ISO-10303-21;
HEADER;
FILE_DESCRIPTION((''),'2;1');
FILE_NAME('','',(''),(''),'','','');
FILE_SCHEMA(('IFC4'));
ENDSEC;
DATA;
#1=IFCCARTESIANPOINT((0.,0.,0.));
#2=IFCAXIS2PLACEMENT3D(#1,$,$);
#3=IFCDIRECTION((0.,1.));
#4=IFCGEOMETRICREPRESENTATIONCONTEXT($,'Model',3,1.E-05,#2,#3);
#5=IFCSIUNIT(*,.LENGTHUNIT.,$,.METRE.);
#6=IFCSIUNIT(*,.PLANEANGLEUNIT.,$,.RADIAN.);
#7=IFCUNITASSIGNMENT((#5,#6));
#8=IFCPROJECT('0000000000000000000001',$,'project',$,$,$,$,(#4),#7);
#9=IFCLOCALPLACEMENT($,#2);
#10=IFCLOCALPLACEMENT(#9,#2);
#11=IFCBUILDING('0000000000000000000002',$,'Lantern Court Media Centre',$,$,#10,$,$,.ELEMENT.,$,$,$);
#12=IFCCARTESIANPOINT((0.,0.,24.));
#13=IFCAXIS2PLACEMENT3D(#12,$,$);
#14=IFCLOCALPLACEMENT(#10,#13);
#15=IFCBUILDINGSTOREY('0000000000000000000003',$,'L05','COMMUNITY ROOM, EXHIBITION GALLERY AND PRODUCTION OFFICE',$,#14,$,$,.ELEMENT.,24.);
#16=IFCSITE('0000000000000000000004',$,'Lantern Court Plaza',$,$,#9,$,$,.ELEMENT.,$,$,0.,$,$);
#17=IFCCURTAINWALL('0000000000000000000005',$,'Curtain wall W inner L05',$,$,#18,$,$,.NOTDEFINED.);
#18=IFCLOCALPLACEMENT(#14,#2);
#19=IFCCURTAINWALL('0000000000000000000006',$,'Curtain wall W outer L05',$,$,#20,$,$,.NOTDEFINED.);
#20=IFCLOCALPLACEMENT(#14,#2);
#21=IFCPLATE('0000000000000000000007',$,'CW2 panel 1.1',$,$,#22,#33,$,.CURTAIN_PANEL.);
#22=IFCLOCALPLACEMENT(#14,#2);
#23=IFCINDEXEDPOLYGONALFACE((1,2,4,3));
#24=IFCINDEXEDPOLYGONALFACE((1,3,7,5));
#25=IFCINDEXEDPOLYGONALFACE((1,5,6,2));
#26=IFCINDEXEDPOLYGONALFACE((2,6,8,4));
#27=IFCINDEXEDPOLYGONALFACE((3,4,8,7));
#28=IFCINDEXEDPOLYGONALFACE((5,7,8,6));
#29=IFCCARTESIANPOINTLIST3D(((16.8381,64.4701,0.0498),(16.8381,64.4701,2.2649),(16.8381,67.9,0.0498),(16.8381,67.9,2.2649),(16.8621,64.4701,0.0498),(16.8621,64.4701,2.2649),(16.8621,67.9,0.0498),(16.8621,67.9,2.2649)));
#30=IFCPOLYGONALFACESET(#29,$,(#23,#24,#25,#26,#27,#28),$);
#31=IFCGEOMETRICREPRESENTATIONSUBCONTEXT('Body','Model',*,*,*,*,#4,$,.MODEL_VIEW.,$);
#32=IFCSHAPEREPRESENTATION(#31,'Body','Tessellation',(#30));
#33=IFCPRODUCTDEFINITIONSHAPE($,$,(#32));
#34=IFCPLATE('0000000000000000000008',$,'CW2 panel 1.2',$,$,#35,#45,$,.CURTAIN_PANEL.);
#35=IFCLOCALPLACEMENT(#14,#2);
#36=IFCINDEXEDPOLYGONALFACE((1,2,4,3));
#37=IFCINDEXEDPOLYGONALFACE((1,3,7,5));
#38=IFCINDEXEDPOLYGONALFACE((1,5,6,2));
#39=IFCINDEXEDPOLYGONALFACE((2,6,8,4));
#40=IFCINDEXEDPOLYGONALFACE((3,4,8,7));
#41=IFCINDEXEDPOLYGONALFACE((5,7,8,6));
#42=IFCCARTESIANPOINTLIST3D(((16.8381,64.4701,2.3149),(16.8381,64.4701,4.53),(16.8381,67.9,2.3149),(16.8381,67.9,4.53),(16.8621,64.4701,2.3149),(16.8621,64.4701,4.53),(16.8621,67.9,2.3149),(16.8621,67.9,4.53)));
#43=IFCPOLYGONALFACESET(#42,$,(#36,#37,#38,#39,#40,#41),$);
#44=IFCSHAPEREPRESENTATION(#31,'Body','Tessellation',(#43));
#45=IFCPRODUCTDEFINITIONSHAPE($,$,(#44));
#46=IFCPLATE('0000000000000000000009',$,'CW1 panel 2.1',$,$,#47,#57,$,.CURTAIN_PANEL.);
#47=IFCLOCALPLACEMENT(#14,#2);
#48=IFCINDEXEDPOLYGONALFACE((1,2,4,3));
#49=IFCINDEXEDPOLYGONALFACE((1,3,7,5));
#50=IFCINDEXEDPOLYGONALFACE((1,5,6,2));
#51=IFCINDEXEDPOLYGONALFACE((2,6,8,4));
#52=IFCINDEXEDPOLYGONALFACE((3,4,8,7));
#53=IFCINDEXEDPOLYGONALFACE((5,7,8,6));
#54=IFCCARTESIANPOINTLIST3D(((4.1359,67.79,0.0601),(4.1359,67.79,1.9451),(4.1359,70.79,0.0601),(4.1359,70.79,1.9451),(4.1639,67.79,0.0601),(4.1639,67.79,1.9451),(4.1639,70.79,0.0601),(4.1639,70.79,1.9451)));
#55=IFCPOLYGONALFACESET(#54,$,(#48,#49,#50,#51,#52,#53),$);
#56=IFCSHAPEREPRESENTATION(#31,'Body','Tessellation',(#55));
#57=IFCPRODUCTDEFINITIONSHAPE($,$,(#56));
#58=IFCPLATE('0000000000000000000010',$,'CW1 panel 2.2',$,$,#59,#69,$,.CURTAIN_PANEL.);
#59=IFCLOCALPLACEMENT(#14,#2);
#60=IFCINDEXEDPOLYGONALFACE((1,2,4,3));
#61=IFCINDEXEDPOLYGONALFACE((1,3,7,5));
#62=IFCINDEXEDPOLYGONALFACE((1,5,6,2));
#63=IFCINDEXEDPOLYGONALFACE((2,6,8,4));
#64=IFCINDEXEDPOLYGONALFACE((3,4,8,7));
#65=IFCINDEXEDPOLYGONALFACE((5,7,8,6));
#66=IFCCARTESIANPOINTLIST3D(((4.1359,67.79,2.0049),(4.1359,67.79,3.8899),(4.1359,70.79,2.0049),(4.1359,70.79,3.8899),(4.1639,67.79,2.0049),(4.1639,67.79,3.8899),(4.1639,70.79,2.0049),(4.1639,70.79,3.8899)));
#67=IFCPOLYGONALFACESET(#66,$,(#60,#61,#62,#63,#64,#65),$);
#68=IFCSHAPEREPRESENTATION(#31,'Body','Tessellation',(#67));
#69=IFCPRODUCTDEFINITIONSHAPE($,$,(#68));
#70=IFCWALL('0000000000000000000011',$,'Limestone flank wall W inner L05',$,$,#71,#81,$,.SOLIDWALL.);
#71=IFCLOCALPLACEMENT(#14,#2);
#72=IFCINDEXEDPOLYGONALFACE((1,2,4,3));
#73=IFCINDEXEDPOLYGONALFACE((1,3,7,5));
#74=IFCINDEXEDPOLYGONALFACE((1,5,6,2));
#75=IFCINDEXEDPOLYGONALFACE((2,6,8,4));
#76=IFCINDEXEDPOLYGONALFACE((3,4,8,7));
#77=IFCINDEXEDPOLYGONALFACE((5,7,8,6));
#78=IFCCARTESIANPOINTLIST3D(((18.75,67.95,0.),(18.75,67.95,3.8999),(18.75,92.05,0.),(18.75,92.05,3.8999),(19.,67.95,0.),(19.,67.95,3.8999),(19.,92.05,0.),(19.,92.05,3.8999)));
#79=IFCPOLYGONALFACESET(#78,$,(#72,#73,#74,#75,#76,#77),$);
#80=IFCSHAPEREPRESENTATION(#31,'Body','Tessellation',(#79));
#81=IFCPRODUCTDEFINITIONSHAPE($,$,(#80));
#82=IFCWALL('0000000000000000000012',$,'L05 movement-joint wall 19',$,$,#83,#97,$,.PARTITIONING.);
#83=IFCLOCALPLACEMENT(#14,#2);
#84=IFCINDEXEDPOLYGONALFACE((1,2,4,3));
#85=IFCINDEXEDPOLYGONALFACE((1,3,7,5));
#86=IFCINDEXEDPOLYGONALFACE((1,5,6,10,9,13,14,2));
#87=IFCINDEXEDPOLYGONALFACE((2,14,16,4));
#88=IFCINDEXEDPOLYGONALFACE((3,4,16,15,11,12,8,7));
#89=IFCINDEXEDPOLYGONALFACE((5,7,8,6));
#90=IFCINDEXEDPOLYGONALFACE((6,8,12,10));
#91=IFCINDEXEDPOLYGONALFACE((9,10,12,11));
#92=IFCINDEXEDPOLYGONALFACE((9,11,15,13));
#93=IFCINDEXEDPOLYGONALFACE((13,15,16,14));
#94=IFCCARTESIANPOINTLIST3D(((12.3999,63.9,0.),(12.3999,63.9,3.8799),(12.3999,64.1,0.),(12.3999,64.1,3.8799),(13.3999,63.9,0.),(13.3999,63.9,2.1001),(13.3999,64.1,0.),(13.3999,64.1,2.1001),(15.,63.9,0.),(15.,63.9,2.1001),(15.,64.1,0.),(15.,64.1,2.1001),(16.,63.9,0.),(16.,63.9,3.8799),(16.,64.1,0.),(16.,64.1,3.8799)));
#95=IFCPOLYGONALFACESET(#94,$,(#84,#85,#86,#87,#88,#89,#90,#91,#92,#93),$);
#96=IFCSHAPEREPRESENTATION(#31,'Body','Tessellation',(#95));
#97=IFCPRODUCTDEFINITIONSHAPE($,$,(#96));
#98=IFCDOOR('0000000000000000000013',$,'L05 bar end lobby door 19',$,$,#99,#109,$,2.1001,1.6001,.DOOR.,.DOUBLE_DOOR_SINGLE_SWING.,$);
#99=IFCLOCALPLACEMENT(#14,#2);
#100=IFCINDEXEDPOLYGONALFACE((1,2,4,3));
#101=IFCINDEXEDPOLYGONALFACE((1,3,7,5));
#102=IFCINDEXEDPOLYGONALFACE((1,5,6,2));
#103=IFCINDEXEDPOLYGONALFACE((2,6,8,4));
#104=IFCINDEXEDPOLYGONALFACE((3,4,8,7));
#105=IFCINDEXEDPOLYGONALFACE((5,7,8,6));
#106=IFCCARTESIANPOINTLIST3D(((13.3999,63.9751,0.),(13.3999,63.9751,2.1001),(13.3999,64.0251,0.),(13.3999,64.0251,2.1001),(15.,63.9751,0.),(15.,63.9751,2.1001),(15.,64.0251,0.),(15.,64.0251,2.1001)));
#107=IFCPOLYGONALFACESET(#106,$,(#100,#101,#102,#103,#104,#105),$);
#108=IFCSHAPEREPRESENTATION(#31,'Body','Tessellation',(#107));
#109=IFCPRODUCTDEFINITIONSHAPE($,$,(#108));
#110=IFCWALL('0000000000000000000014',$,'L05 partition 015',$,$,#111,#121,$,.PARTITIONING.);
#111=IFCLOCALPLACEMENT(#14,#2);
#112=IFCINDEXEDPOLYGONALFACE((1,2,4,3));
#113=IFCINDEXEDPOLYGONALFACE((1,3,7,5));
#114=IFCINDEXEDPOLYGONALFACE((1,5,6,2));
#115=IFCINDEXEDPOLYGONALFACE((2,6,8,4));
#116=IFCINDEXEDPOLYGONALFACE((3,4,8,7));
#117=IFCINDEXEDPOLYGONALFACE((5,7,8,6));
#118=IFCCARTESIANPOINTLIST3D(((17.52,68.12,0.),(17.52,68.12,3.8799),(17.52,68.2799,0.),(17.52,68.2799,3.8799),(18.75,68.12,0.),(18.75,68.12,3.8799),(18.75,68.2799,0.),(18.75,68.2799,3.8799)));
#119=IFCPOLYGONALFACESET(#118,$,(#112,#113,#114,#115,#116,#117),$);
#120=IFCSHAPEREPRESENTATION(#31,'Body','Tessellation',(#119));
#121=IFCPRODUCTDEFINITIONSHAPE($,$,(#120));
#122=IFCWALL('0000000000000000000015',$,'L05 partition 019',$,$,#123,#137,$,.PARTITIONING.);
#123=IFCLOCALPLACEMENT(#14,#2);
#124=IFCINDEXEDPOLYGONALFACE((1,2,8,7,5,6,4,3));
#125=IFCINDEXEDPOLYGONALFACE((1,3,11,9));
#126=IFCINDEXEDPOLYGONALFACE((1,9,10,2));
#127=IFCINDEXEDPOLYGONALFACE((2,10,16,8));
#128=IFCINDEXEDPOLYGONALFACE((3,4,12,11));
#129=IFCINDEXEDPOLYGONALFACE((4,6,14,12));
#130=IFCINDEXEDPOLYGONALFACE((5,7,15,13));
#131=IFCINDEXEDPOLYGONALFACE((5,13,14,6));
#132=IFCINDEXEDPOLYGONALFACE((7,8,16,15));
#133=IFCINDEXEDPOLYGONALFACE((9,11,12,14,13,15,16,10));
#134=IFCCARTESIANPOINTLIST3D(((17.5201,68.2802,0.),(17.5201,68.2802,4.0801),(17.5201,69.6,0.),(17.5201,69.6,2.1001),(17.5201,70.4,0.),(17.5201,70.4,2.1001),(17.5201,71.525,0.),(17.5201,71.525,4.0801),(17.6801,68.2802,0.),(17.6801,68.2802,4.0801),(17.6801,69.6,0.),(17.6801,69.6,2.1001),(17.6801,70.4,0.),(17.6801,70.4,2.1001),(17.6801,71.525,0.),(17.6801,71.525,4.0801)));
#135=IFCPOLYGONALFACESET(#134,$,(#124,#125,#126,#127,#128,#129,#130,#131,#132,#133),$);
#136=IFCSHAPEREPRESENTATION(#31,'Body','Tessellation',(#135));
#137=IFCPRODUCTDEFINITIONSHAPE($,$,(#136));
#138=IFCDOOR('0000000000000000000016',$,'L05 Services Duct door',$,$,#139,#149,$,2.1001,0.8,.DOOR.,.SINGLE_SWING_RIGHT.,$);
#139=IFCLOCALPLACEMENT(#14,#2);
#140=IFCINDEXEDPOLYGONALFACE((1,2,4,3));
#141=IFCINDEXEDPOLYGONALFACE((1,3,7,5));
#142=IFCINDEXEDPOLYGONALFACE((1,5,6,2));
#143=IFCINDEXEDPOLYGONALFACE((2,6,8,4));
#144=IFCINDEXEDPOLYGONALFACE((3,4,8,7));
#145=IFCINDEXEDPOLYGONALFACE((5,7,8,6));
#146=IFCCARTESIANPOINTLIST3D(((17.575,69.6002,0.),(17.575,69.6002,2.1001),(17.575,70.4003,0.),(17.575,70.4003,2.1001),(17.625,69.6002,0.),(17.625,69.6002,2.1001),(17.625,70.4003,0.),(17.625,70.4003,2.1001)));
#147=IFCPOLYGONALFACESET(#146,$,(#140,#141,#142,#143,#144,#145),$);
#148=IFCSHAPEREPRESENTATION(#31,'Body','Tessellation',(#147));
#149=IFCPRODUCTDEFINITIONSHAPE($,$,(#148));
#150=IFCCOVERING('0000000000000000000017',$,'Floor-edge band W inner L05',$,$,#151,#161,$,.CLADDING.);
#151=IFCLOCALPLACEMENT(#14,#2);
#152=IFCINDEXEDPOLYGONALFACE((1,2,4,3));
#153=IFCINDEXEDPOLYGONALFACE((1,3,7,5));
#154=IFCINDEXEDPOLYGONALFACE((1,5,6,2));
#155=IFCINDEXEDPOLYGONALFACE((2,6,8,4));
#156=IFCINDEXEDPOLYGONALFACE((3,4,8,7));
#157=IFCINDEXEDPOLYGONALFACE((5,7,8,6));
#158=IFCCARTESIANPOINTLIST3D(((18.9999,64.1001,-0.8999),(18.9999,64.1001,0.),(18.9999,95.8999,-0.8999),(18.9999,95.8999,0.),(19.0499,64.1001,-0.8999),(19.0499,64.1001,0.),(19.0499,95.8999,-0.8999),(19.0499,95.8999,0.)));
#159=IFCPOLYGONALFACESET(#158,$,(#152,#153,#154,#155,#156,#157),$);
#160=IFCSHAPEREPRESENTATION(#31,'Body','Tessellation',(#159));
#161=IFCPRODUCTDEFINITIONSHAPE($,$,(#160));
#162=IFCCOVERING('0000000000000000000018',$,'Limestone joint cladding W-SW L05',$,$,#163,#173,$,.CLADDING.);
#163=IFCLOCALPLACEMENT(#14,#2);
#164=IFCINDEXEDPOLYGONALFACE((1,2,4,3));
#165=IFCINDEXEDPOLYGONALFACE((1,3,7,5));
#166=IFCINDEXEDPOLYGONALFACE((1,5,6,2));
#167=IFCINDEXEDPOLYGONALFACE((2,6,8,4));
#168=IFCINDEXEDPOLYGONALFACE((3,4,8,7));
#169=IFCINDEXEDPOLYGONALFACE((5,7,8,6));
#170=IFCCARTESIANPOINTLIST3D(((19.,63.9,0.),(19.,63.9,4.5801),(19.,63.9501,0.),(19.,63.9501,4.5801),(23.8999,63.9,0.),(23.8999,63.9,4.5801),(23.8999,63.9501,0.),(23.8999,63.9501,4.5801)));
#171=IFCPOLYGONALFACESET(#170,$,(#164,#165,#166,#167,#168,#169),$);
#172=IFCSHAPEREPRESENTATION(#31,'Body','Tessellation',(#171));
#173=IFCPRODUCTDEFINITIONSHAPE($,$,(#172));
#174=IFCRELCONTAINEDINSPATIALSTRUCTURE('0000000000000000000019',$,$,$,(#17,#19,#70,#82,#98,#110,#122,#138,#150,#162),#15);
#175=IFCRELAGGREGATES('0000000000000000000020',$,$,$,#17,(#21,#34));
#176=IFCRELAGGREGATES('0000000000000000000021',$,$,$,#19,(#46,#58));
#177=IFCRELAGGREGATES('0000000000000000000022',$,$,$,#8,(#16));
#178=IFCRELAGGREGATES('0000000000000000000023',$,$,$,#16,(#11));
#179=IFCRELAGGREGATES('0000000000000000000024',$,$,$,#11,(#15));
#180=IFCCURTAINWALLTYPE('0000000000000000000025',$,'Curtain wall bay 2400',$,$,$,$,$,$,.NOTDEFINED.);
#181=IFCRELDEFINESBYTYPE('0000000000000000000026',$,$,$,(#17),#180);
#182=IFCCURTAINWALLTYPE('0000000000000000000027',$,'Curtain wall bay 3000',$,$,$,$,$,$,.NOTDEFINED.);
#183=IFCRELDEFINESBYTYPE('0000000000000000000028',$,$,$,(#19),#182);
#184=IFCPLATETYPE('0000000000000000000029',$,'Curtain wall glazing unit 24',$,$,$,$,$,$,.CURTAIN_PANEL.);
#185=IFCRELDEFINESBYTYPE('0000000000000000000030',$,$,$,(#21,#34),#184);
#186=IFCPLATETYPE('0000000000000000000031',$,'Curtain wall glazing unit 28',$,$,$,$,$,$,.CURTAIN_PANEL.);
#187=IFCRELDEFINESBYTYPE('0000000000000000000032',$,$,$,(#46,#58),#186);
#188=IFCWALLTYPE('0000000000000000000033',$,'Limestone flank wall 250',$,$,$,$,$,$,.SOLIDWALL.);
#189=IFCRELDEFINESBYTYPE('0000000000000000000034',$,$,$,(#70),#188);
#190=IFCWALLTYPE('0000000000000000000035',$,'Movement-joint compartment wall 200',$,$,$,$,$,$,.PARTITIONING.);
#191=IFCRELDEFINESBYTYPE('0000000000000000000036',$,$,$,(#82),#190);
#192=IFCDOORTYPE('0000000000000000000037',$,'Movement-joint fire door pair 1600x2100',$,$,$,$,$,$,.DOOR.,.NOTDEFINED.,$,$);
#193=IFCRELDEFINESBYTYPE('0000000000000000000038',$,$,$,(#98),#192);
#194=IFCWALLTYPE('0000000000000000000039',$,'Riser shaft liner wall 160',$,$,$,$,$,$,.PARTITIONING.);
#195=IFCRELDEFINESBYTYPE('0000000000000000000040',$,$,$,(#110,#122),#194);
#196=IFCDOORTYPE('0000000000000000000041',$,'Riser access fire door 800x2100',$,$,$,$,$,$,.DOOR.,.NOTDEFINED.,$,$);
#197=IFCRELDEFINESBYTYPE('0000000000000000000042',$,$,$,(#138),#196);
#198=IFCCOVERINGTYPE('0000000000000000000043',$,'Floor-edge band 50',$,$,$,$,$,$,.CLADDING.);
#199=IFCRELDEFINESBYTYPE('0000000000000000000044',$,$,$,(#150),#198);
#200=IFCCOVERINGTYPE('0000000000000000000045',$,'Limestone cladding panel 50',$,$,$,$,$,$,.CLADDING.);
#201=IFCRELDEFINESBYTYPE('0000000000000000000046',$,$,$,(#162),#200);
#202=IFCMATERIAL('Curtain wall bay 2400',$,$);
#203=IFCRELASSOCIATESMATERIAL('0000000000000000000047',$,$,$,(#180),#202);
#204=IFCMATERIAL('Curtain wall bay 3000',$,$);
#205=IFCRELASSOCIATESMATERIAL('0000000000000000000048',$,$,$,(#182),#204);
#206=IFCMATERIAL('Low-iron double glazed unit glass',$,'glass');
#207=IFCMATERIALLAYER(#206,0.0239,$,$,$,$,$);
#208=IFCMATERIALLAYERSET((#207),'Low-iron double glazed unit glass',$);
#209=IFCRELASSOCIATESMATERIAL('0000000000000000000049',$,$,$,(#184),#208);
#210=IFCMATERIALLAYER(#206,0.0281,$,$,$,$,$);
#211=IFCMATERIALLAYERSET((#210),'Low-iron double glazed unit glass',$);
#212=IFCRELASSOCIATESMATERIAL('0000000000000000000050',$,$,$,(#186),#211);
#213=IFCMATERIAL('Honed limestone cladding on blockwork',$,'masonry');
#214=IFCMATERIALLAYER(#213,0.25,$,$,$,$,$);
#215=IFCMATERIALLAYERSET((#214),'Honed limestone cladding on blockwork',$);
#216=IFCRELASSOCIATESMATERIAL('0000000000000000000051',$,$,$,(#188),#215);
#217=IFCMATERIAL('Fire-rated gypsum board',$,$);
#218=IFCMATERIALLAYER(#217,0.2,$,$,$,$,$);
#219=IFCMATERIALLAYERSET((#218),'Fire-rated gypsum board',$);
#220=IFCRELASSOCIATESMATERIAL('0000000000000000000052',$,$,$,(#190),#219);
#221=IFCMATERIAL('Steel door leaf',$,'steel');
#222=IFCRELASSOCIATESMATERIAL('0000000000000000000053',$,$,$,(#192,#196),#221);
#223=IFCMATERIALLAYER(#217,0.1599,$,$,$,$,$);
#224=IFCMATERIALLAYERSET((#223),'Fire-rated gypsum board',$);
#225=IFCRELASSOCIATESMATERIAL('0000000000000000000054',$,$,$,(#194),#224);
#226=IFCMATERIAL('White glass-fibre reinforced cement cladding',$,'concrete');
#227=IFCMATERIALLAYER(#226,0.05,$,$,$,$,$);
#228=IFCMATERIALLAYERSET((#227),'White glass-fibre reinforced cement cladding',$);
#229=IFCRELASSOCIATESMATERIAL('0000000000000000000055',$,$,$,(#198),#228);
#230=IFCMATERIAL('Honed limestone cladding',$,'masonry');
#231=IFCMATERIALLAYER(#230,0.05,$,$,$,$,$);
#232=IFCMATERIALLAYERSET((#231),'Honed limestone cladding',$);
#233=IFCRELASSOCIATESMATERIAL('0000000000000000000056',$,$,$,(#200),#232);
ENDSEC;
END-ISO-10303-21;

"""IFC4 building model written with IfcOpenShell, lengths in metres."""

from ifc_helpers import new_model, si_unit, direction, frame, frame_2d, origin, origin_2d, place, context, subcontext, project, spatial, rectangle, extrude, material, layer, layer_set, type_object, element, fill, aggregate, save


model = new_model("IFC4")

# Units and contexts
model_context = context("Model", 3, precision=1e-05, world=origin(), true_north=direction((0.0, 1.0)))
body_context = subcontext(model_context, "Body", "Model", "MODEL_VIEW")
ifc_project = project(units=[si_unit("LENGTHUNIT", "METRE"), si_unit("PLANEANGLEUNIT", "RADIAN")], contexts=[model_context])

# Site, building, storey
site_placement = place(None, origin())
site = spatial("IfcSite", under=ifc_project, at=site_placement, Name="Lantern Court Plaza", CompositionType="ELEMENT", RefElevation=0.0)
building_placement = place(site_placement, origin())
building = spatial("IfcBuilding", under=site, at=building_placement, Name="Lantern Court Media Centre", CompositionType="ELEMENT")
storey_placement = place(building_placement, frame((0.0, 0.0, 24.0)))
storey = spatial("IfcBuildingStorey", under=building, at=storey_placement, Name="L05", Description="COMMUNITY ROOM, EXHIBITION GALLERY AND PRODUCTION OFFICE", CompositionType="ELEMENT", Elevation=24.0)

# Curtain wall
ifc_material_1 = material(Name="Curtain wall bay 2400")
curtain_wall_type_1 = type_object("IfcCurtainWallType", Name="Curtain wall bay 2400", PredefinedType="NOTDEFINED", material=ifc_material_1)
curtain_wall_1_placement = place(storey_placement, origin())
curtain_wall_1 = element("IfcCurtainWall", 1, at=curtain_wall_1_placement, inside=storey, type_object=curtain_wall_type_1, Name="Curtain wall W inner L05", PredefinedType="NOTDEFINED")

# Curtain wall
ifc_material_2 = material(Name="Curtain wall bay 3000")
curtain_wall_type_2 = type_object("IfcCurtainWallType", Name="Curtain wall bay 3000", PredefinedType="NOTDEFINED", material=ifc_material_2)
curtain_wall_2_placement = place(storey_placement, origin())
curtain_wall_2 = element("IfcCurtainWall", 2, at=curtain_wall_2_placement, inside=storey, type_object=curtain_wall_type_2, Name="Curtain wall W outer L05", PredefinedType="NOTDEFINED")

# Plates
ifc_material_3 = material(Name="Low-iron double glazed unit glass", Category="glass")
ifc_layer_1 = layer(ifc_material_3, 0.0239)
ifc_layer_set_1 = layer_set([ifc_layer_1], Name="Low-iron double glazed unit glass")
plate_type_1 = type_object("IfcPlateType", Name="Curtain wall glazing unit 24", PredefinedType="CURTAIN_PANEL", material=ifc_layer_set_1)
plate_1_placement = place(storey_placement, frame((16.8501, 66.1851, 0.0498), z_axis=(0.0, 0.0, 1.0), x_axis=(0.0, 1.0, 0.0)))
plate_1 = element("IfcPlate", 3, at=plate_1_placement, type_object=plate_type_1, Name="CW2 panel 1.1", PredefinedType="CURTAIN_PANEL", context=body_context, shape_type="SweptSolid", body=[
    extrude(rectangle(XDim=3.4299, YDim=0.0239, at=origin_2d()), origin(), (0.0, 0.0, 1.0), 2.2151),
])
plate_2_placement = place(storey_placement, frame((16.8501, 66.1851, 2.3149), z_axis=(0.0, 0.0, 1.0), x_axis=(0.0, 1.0, 0.0)))
plate_2 = element("IfcPlate", 4, at=plate_2_placement, type_object=plate_type_1, Name="CW2 panel 1.2", PredefinedType="CURTAIN_PANEL", context=body_context, shape_type="SweptSolid", body=[
    extrude(rectangle(XDim=3.4299, YDim=0.0239, at=origin_2d()), origin(), (0.0, 0.0, 1.0), 2.2151),
])
aggregate(curtain_wall_1, [plate_1, plate_2])
ifc_layer_2 = layer(ifc_material_3, 0.0281)
ifc_layer_set_2 = layer_set([ifc_layer_2], Name="Low-iron double glazed unit glass")
plate_type_2 = type_object("IfcPlateType", Name="Curtain wall glazing unit 28", PredefinedType="CURTAIN_PANEL", material=ifc_layer_set_2)
plate_3_placement = place(storey_placement, frame((4.1499, 69.29, 0.0601), z_axis=(0.0, 0.0, 1.0), x_axis=(0.0, 1.0, 0.0)))
plate_3 = element("IfcPlate", 5, at=plate_3_placement, type_object=plate_type_2, Name="CW1 panel 2.1", PredefinedType="CURTAIN_PANEL", context=body_context, shape_type="SweptSolid", body=[
    extrude(rectangle(XDim=3.0, YDim=0.0281, at=origin_2d()), origin(), (0.0, 0.0, 1.0), 1.885),
])
plate_4_placement = place(storey_placement, frame((4.1499, 69.29, 2.0049), z_axis=(0.0, 0.0, 1.0), x_axis=(0.0, 1.0, 0.0)))
plate_4 = element("IfcPlate", 6, at=plate_4_placement, type_object=plate_type_2, Name="CW1 panel 2.2", PredefinedType="CURTAIN_PANEL", context=body_context, shape_type="SweptSolid", body=[
    extrude(rectangle(XDim=3.0, YDim=0.0281, at=origin_2d()), origin(), (0.0, 0.0, 1.0), 1.885),
])
aggregate(curtain_wall_2, [plate_3, plate_4])

# Wall
ifc_material_4 = material(Name="Honed limestone cladding on blockwork", Category="masonry")
ifc_layer_3 = layer(ifc_material_4, 0.25)
ifc_layer_set_3 = layer_set([ifc_layer_3], Name="Honed limestone cladding on blockwork")
wall_type_1 = type_object("IfcWallType", Name="Limestone flank wall 250", PredefinedType="SOLIDWALL", material=ifc_layer_set_3)
wall_1_placement = place(storey_placement, frame((18.875, 67.95, 0.0), z_axis=(0.0, 0.0, 1.0), x_axis=(0.0, 1.0, 0.0)))
element("IfcWall", 7, at=wall_1_placement, inside=storey, type_object=wall_type_1, Name="Limestone flank wall W inner L05", PredefinedType="SOLIDWALL", context=body_context, shape_type="SweptSolid", body=[
    extrude(rectangle(XDim=24.1001, YDim=0.25, at=frame_2d((12.05, 0.0))), origin(), (0.0, 0.0, 1.0), 3.8999),
])

# Wall, opening, door
ifc_material_5 = material(Name="Fire-rated gypsum board")
ifc_layer_4 = layer(ifc_material_5, 0.2)
ifc_layer_set_4 = layer_set([ifc_layer_4], Name="Fire-rated gypsum board")
wall_type_2 = type_object("IfcWallType", Name="Movement-joint compartment wall 200", PredefinedType="PARTITIONING", material=ifc_layer_set_4)
wall_2_placement = place(storey_placement, frame((12.3999, 64.0, 0.0), z_axis=(0.0, 0.0, 1.0), x_axis=(1.0, 0.0, 0.0)))
wall_2 = element("IfcWall", 8, at=wall_2_placement, inside=storey, type_object=wall_type_2, Name="L05 movement-joint wall 19", PredefinedType="PARTITIONING", context=body_context, shape_type="SweptSolid", body=[
    extrude(rectangle(XDim=3.6001, YDim=0.2, at=frame_2d((1.8, 0.0))), origin(), (0.0, 0.0, 1.0), 3.8799),
])
opening_1_placement = place(wall_2_placement, frame((1.0, 0.0, 0.0)))
opening_1 = element("IfcOpeningElement", 9, at=opening_1_placement, cuts=wall_2, PredefinedType="OPENING", context=body_context, shape_type="SweptSolid", body=[
    extrude(rectangle(XDim=1.6001, YDim=2.1001, at=frame_2d((0.8, 1.05))), frame((0.0, 0.1099, 0.0), z_axis=(0.0, -1.0, 0.0), x_axis=(1.0, 0.0, 0.0)), (0.0, 0.0, 1.0), 0.22),
])
ifc_material_6 = material(Name="Steel door leaf", Category="steel")
door_type_1 = type_object("IfcDoorType", Name="Movement-joint fire door pair 1600x2100", OperationType="NOTDEFINED", PredefinedType="DOOR", material=ifc_material_6)
door_1_placement = place(opening_1_placement, frame((1.6001, 0.0, 0.0), z_axis=(0.0, 0.0, 1.0), x_axis=(-1.0, 0.0, 0.0)))
door_1 = element("IfcDoor", 10, at=door_1_placement, inside=storey, type_object=door_type_1, Name="L05 bar end lobby door 19", OperationType="DOUBLE_DOOR_SINGLE_SWING", OverallHeight=2.1001, OverallWidth=1.6001, PredefinedType="DOOR", context=body_context, shape_type="SweptSolid", body=[
    extrude(rectangle(XDim=1.6001, YDim=2.1001, at=frame_2d((0.8, 1.05))), frame((0.0, 0.0249, 0.0), z_axis=(0.0, -1.0, 0.0), x_axis=(1.0, 0.0, 0.0)), (0.0, 0.0, 1.0), 0.05),
])
fill(opening_1, door_1)

# Wall
ifc_layer_5 = layer(ifc_material_5, 0.1599)
ifc_layer_set_5 = layer_set([ifc_layer_5], Name="Fire-rated gypsum board")
wall_type_3 = type_object("IfcWallType", Name="Riser shaft liner wall 160", PredefinedType="PARTITIONING", material=ifc_layer_set_5)
wall_3_placement = place(storey_placement, frame((17.52, 68.2, 0.0), z_axis=(0.0, 0.0, 1.0), x_axis=(1.0, 0.0, 0.0)))
element("IfcWall", 11, at=wall_3_placement, inside=storey, type_object=wall_type_3, Name="L05 partition 015", PredefinedType="PARTITIONING", context=body_context, shape_type="SweptSolid", body=[
    extrude(rectangle(XDim=1.23, YDim=0.1599, at=frame_2d((0.615, 0.0))), origin(), (0.0, 0.0, 1.0), 3.8799),
])

# Wall, opening, door
wall_4_placement = place(storey_placement, frame((17.6001, 68.28, 0.0), z_axis=(0.0, 0.0, 1.0), x_axis=(0.0, 1.0, 0.0)))
wall_4 = element("IfcWall", 12, at=wall_4_placement, inside=storey, type_object=wall_type_3, Name="L05 partition 019", PredefinedType="PARTITIONING", context=body_context, shape_type="SweptSolid", body=[
    extrude(rectangle(XDim=3.2449, YDim=0.1599, at=frame_2d((1.6226, 0.0))), origin(), (0.0, 0.0, 1.0), 4.0801),
])
opening_2_placement = place(wall_4_placement, frame((1.3201, 0.0, 0.0)))
opening_2 = element("IfcOpeningElement", 13, at=opening_2_placement, cuts=wall_4, PredefinedType="OPENING", context=body_context, shape_type="SweptSolid", body=[
    extrude(rectangle(XDim=0.8, YDim=2.1001, at=frame_2d((0.3999, 1.05))), frame((0.0, 0.0898, 0.0), z_axis=(0.0, -1.0, 0.0), x_axis=(1.0, 0.0, 0.0)), (0.0, 0.0, 1.0), 0.1799),
])
door_type_2 = type_object("IfcDoorType", Name="Riser access fire door 800x2100", OperationType="NOTDEFINED", PredefinedType="DOOR", material=ifc_material_6)
door_2_placement = place(opening_2_placement, frame((0.8, 0.0, 0.0), z_axis=(0.0, 0.0, 1.0), x_axis=(-1.0, 0.0, 0.0)))
door_2 = element("IfcDoor", 14, at=door_2_placement, inside=storey, type_object=door_type_2, Name="L05 Services Duct door", OperationType="SINGLE_SWING_RIGHT", OverallHeight=2.1001, OverallWidth=0.8, PredefinedType="DOOR", context=body_context, shape_type="SweptSolid", body=[
    extrude(rectangle(XDim=0.8, YDim=2.1001, at=frame_2d((0.3999, 1.05))), frame((0.0, 0.0249, 0.0), z_axis=(0.0, -1.0, 0.0), x_axis=(1.0, 0.0, 0.0)), (0.0, 0.0, 1.0), 0.05),
])
fill(opening_2, door_2)

# Covering
ifc_material_7 = material(Name="White glass-fibre reinforced cement cladding", Category="concrete")
ifc_layer_6 = layer(ifc_material_7, 0.05)
ifc_layer_set_6 = layer_set([ifc_layer_6], Name="White glass-fibre reinforced cement cladding")
covering_type_1 = type_object("IfcCoveringType", Name="Floor-edge band 50", PredefinedType="CLADDING", material=ifc_layer_set_6)
covering_1_placement = place(storey_placement, frame((19.0249, 64.1001, -0.8999), z_axis=(0.0, 0.0, 1.0), x_axis=(0.0, 1.0, 0.0)))
element("IfcCovering", 15, at=covering_1_placement, inside=storey, type_object=covering_type_1, Name="Floor-edge band W inner L05", PredefinedType="CLADDING", context=body_context, shape_type="SweptSolid", body=[
    extrude(rectangle(XDim=31.7998, YDim=0.05, at=frame_2d((15.8999, 0.0))), origin(), (0.0, 0.0, 1.0), 0.8999),
])

# Covering
ifc_material_8 = material(Name="Honed limestone cladding", Category="masonry")
ifc_layer_7 = layer(ifc_material_8, 0.05)
ifc_layer_set_7 = layer_set([ifc_layer_7], Name="Honed limestone cladding")
covering_type_2 = type_object("IfcCoveringType", Name="Limestone cladding panel 50", PredefinedType="CLADDING", material=ifc_layer_set_7)
covering_2_placement = place(storey_placement, frame((19.0, 63.925, 0.0), z_axis=(0.0, 0.0, 1.0), x_axis=(1.0, 0.0, 0.0)))
element("IfcCovering", 16, at=covering_2_placement, inside=storey, type_object=covering_type_2, Name="Limestone joint cladding W-SW L05", PredefinedType="CLADDING", context=body_context, shape_type="SweptSolid", body=[
    extrude(rectangle(XDim=4.8999, YDim=0.05, at=frame_2d((2.45, 0.0))), origin(), (0.0, 0.0, 1.0), 4.5801),
])

save(model, "model.ifc")
